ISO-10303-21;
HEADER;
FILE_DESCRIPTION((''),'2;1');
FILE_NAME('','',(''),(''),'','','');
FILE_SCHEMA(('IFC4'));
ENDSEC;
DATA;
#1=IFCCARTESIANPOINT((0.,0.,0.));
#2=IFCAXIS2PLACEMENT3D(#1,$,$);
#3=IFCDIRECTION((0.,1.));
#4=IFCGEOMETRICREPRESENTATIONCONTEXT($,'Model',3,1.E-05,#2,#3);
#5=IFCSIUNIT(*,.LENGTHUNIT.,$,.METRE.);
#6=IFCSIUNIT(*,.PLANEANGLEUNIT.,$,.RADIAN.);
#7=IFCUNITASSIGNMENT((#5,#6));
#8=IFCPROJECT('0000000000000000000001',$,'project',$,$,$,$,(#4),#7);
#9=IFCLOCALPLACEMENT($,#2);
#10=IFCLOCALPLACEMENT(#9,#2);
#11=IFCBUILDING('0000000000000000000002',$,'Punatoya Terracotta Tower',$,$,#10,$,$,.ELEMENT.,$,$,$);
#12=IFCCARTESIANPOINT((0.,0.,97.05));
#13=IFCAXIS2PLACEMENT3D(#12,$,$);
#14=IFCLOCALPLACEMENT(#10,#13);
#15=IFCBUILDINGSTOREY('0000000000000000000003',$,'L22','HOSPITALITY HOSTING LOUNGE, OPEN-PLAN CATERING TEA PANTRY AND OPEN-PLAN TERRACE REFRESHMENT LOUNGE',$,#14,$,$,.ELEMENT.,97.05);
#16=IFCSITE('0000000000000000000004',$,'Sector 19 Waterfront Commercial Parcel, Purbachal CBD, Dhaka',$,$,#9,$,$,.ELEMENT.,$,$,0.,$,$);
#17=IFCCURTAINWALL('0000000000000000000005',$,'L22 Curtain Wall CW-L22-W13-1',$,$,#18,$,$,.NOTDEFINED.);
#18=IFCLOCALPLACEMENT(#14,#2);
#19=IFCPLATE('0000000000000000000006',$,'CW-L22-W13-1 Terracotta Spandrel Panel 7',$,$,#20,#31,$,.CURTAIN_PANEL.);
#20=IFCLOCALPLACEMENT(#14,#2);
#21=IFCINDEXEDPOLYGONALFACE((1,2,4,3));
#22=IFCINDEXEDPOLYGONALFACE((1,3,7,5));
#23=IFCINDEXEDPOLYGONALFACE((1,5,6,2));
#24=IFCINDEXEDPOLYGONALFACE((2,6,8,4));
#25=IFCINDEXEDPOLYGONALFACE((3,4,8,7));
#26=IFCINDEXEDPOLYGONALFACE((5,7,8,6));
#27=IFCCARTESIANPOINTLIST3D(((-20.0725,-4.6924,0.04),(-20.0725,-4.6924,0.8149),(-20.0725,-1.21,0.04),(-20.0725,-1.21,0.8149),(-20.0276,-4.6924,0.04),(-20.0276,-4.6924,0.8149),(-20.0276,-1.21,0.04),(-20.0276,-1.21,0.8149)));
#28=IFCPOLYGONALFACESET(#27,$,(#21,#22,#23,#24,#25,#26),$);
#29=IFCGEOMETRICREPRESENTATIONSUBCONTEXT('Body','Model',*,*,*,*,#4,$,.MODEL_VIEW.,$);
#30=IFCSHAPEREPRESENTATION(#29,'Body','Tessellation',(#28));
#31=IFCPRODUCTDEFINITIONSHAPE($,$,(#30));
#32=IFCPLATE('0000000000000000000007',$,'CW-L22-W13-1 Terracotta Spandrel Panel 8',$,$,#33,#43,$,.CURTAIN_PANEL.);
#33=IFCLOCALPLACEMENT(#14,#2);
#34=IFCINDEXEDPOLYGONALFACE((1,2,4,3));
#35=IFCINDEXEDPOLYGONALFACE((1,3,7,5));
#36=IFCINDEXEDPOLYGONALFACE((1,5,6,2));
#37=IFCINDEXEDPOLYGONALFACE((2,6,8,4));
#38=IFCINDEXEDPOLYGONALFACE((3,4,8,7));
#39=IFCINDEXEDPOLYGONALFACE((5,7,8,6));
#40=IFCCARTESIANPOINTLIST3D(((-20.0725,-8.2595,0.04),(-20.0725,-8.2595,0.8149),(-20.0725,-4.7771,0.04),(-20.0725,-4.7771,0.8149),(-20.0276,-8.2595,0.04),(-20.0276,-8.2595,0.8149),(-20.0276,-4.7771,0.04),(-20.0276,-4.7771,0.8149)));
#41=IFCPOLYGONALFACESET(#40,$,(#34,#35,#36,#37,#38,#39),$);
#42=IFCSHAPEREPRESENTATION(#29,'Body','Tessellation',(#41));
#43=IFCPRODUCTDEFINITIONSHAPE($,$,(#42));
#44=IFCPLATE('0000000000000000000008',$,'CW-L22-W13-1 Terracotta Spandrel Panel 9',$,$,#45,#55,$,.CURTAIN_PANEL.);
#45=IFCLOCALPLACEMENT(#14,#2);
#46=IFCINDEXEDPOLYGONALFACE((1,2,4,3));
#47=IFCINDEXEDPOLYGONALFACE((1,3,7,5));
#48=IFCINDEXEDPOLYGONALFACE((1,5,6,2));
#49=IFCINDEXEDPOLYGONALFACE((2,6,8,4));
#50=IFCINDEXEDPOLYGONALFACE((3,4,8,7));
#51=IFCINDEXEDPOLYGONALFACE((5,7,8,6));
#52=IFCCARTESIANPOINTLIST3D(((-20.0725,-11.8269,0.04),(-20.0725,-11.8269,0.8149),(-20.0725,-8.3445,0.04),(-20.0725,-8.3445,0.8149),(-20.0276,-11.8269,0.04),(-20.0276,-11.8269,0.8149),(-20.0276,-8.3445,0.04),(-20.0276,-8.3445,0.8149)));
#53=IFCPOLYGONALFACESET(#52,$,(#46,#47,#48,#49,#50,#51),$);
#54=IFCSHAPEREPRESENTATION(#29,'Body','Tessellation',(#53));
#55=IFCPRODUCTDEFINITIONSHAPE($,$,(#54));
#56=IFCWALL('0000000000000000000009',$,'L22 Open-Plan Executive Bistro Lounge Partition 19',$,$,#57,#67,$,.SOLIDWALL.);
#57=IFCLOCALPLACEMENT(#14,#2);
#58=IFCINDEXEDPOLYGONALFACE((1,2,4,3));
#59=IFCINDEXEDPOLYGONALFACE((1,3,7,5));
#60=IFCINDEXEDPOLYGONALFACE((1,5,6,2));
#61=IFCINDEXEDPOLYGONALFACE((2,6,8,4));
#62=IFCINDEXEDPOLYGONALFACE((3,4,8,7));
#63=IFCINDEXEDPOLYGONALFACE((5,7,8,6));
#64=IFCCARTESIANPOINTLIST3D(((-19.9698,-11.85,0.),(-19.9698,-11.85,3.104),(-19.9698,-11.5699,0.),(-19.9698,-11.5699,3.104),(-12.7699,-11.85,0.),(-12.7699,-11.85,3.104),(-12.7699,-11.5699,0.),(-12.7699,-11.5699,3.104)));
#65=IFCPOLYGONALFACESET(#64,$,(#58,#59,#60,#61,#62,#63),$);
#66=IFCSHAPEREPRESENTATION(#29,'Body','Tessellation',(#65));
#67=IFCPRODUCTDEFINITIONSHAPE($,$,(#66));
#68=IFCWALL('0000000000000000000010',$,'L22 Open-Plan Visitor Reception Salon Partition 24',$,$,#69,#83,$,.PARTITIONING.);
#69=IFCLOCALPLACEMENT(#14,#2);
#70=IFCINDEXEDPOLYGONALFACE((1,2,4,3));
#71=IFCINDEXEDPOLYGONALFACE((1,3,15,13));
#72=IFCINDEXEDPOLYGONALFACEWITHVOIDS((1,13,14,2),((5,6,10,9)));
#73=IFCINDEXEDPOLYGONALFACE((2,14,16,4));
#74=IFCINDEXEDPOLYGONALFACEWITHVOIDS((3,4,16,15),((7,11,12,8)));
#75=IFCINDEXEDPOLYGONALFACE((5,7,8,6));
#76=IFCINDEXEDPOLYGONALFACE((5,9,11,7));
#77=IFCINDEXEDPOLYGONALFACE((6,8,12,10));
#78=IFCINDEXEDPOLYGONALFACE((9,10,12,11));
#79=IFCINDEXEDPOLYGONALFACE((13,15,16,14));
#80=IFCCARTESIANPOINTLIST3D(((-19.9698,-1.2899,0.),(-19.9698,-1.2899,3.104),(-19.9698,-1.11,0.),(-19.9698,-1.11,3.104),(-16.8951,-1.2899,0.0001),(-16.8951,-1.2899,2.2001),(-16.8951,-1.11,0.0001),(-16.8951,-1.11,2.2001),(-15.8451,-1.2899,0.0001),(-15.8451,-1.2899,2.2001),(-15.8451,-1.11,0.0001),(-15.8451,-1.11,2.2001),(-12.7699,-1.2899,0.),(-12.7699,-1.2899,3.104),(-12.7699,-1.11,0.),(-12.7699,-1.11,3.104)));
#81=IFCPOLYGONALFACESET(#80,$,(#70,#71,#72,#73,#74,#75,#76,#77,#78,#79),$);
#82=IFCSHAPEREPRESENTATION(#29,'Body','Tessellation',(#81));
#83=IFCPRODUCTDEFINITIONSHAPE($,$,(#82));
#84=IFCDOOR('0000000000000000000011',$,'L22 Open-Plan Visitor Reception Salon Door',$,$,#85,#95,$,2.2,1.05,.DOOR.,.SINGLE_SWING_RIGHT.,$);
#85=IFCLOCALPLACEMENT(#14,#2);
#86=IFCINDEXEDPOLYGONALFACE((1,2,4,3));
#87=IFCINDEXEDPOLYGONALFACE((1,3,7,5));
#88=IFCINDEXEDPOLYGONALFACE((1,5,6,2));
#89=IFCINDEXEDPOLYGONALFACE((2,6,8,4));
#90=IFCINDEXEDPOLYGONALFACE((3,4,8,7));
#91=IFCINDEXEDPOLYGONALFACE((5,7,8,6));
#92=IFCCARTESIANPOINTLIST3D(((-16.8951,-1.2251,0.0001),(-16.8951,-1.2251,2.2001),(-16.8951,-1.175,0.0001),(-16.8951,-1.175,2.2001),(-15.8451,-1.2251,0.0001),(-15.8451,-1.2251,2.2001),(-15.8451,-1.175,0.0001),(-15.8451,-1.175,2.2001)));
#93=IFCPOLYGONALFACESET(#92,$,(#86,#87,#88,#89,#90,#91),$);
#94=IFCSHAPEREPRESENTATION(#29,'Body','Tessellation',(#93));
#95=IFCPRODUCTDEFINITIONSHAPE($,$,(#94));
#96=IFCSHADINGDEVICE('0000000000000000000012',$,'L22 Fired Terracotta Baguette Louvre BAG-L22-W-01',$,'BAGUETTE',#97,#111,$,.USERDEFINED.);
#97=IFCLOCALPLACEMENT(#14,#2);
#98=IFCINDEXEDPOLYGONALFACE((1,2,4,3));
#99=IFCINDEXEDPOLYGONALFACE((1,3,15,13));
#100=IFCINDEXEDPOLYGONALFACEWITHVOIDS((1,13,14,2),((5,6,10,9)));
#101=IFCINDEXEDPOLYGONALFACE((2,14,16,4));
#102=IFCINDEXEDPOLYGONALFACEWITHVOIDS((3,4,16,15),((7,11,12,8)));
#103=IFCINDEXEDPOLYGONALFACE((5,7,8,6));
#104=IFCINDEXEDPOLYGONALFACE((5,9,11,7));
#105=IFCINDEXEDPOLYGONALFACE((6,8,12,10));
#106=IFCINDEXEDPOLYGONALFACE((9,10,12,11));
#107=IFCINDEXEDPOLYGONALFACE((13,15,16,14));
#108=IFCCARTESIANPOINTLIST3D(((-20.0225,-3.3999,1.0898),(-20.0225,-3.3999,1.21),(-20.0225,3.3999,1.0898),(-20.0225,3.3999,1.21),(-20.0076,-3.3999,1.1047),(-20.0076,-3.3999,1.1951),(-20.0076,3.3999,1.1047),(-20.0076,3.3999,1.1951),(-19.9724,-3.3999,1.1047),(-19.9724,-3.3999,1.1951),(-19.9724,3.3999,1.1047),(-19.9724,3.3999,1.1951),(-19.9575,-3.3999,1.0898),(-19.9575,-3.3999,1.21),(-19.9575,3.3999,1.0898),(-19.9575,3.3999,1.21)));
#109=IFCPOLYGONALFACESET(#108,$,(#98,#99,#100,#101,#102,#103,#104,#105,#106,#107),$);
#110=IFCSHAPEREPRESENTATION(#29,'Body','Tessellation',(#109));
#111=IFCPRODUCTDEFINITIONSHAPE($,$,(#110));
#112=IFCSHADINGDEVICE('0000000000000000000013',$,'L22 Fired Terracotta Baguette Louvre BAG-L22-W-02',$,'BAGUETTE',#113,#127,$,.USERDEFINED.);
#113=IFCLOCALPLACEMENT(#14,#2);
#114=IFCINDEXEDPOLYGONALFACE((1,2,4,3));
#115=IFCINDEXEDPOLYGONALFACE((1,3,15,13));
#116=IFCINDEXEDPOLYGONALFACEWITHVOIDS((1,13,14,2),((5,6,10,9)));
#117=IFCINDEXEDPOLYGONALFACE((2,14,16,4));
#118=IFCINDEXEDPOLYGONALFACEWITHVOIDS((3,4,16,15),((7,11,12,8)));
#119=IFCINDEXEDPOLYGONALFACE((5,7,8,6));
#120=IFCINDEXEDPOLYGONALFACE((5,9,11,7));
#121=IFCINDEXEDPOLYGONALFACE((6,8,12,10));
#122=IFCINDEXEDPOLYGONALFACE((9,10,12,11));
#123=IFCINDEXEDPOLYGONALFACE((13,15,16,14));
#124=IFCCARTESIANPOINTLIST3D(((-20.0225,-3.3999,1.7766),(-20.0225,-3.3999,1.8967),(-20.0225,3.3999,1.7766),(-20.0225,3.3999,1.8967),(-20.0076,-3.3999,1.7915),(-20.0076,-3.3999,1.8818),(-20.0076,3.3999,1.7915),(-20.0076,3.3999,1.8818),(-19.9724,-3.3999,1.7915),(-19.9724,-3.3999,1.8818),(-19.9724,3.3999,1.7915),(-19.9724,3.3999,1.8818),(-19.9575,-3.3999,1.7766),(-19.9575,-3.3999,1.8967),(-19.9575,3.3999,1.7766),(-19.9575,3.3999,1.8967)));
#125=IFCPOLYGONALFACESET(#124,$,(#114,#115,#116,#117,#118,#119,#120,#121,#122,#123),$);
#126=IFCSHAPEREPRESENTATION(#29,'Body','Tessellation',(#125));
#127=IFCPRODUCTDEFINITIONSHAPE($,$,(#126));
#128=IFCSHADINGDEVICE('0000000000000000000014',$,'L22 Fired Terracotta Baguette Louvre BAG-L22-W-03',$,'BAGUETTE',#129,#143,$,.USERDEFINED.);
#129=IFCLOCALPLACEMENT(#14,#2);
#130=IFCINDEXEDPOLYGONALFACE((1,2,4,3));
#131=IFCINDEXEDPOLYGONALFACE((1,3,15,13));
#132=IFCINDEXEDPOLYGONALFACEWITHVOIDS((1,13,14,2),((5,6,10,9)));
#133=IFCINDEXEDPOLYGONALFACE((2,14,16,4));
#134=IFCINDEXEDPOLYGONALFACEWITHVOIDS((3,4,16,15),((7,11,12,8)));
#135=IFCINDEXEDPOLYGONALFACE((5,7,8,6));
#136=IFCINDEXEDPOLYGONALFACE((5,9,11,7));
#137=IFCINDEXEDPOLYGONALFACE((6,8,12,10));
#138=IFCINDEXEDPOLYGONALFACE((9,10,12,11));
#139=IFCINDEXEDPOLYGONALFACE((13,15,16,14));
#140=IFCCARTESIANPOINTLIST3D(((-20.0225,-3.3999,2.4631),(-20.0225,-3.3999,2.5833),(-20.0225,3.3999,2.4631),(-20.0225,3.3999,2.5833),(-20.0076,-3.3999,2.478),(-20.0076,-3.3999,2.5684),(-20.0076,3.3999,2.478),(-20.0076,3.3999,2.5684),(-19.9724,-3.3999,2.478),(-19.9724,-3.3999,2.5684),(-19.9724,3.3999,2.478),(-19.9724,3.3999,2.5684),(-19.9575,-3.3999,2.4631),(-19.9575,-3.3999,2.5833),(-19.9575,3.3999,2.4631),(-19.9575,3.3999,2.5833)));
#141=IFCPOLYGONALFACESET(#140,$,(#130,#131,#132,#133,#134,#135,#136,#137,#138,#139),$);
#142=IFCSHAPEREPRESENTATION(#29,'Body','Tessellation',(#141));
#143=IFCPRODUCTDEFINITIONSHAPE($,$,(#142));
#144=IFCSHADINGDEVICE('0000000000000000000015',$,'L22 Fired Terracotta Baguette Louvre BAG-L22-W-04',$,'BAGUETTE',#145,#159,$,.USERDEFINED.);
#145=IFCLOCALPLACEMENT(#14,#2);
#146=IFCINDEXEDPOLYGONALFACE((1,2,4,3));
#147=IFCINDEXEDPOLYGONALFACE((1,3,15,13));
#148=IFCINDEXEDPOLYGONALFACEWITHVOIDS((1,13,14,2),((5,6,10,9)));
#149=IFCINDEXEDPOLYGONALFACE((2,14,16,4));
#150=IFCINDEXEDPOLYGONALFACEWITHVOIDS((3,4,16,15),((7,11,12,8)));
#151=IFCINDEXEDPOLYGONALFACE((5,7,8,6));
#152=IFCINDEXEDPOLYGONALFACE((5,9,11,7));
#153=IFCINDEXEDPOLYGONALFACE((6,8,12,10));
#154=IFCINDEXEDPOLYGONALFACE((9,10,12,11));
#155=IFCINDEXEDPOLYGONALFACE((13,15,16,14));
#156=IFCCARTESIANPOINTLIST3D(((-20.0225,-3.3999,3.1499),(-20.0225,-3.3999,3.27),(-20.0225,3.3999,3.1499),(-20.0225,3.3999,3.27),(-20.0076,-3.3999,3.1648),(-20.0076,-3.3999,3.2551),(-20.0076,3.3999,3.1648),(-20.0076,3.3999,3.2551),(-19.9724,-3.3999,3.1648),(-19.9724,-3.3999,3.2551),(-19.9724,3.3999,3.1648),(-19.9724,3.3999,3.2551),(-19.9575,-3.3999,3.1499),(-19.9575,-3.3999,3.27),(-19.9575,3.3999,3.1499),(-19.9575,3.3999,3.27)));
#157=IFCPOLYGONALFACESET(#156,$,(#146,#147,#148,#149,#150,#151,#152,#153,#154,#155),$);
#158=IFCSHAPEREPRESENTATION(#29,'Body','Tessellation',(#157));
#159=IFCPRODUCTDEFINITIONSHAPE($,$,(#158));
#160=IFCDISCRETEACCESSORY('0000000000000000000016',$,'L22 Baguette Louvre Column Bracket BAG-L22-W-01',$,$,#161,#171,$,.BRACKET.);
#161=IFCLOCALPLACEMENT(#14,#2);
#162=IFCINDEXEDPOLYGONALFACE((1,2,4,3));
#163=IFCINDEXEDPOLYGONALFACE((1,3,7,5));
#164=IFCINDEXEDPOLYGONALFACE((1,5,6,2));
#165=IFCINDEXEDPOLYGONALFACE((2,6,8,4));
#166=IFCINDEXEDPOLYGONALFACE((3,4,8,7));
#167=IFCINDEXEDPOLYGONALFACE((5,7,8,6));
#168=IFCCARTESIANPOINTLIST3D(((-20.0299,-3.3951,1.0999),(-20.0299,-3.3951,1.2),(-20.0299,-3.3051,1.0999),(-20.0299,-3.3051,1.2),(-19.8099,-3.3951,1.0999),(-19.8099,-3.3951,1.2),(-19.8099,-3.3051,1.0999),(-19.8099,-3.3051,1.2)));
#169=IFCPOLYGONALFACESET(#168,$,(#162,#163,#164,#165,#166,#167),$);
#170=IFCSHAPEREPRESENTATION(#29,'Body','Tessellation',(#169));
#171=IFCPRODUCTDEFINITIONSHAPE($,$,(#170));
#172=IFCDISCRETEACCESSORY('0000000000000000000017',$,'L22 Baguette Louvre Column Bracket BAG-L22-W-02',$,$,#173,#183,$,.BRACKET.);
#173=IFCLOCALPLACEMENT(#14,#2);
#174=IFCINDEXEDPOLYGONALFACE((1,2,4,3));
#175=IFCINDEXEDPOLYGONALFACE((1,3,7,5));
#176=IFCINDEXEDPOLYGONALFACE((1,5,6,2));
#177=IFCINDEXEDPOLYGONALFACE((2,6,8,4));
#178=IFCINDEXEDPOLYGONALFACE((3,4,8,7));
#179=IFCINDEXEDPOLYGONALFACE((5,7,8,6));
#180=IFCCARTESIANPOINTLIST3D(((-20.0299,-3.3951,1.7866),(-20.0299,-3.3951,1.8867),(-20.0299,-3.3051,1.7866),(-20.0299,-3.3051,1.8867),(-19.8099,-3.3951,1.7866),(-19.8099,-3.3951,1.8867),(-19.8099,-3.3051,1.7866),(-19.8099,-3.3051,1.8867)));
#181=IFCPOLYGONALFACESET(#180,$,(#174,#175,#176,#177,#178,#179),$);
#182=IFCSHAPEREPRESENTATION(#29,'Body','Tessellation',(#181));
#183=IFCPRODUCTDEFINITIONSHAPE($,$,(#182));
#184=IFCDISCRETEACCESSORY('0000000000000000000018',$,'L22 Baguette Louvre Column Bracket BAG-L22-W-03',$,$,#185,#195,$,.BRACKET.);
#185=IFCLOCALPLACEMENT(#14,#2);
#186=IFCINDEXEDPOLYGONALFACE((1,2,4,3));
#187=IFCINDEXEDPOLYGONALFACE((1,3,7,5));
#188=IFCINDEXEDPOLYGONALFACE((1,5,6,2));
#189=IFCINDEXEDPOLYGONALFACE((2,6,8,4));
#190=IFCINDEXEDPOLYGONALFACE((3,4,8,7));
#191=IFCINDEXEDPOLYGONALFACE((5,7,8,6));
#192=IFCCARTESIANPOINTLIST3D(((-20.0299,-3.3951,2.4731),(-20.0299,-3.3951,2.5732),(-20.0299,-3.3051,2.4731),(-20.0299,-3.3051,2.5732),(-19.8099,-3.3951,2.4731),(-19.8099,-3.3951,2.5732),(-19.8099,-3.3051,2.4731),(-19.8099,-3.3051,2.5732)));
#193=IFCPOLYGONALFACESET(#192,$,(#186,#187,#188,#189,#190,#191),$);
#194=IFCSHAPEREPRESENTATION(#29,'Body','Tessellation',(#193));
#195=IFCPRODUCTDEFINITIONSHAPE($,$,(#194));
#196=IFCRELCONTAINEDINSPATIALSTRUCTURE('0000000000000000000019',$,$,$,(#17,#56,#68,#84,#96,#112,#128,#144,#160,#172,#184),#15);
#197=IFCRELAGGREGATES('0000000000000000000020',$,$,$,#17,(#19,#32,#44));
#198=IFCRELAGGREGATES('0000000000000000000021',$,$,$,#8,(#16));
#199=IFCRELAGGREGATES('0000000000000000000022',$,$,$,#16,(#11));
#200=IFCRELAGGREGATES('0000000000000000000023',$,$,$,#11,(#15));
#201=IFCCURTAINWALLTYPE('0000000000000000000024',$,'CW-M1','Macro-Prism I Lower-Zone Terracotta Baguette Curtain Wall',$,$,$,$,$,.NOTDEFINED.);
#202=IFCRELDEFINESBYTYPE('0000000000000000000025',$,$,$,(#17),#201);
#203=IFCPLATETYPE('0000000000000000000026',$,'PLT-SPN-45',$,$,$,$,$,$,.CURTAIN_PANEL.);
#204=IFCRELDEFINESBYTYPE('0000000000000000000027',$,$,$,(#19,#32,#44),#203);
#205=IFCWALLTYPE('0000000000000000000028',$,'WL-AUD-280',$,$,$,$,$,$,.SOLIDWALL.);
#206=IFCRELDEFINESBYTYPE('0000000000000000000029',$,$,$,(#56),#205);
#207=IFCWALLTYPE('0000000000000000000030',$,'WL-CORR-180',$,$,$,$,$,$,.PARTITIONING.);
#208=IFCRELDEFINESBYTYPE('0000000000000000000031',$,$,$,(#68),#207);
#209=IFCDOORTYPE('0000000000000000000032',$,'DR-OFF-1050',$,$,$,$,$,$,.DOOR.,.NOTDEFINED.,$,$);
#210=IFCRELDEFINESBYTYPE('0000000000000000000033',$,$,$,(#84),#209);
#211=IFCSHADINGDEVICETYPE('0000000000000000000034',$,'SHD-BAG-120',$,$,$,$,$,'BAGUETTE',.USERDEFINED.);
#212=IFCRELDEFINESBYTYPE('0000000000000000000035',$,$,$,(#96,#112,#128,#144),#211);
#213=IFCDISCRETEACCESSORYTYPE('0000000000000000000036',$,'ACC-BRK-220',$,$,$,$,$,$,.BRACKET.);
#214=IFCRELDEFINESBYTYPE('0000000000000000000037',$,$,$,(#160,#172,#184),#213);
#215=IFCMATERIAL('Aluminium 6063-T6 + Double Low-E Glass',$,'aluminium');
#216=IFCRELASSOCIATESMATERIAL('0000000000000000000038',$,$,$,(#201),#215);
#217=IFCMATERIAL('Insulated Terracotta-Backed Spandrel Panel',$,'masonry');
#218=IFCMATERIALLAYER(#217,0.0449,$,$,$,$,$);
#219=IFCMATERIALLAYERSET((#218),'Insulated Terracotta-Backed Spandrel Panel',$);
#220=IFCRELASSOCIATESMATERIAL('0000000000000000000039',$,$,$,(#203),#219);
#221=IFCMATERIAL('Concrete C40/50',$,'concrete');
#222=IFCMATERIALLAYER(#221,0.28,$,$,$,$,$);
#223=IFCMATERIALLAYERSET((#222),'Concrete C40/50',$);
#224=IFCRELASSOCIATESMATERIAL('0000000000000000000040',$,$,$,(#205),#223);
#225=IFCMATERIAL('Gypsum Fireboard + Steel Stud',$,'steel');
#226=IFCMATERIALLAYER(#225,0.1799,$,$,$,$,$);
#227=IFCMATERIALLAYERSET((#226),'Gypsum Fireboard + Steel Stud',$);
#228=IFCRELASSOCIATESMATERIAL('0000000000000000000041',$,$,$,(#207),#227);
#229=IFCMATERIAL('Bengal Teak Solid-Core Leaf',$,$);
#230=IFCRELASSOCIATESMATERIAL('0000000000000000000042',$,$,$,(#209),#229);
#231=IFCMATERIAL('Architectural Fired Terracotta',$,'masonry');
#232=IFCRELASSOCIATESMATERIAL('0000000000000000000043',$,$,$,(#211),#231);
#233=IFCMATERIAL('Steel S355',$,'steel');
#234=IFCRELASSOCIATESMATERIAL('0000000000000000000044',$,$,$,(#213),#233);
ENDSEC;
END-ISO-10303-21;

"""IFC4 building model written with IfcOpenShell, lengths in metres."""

from ifc_helpers import new_model, si_unit, direction, frame, frame_2d, origin, origin_2d, place, context, subcontext, project, spatial, rectangle, hollow_rectangle, extrude, material, layer, layer_set, material_profile, profile_set, type_object, element, fill, aggregate, save


model = new_model("IFC4")

# Units and contexts
model_context = context("Model", 3, precision=1e-05, world=origin(), true_north=direction((0.0, 1.0)))
body_context = subcontext(model_context, "Body", "Model", "MODEL_VIEW")
ifc_project = project(units=[si_unit("LENGTHUNIT", "METRE"), si_unit("PLANEANGLEUNIT", "RADIAN")], contexts=[model_context])

# Site, building, storey
site_placement = place(None, origin())
site = spatial("IfcSite", under=ifc_project, at=site_placement, Name="Sector 19 Waterfront Commercial Parcel, Purbachal CBD, Dhaka", CompositionType="ELEMENT", RefElevation=0.0)
building_placement = place(site_placement, origin())
building = spatial("IfcBuilding", under=site, at=building_placement, Name="Punatoya Terracotta Tower", CompositionType="ELEMENT")
storey_placement = place(building_placement, frame((0.0, 0.0, 97.05)))
storey = spatial("IfcBuildingStorey", under=building, at=storey_placement, Name="L22", Description="HOSPITALITY HOSTING LOUNGE, OPEN-PLAN CATERING TEA PANTRY AND OPEN-PLAN TERRACE REFRESHMENT LOUNGE", CompositionType="ELEMENT", Elevation=97.05)

# Shared definitions
ifc_material_1 = material(Name="Steel S355", Category="steel")

# Curtain wall
ifc_material_2 = material(Name="Aluminium 6063-T6 + Double Low-E Glass", Category="aluminium")
curtain_wall_type = type_object("IfcCurtainWallType", Name="CW-M1", Description="Macro-Prism I Lower-Zone Terracotta Baguette Curtain Wall", PredefinedType="NOTDEFINED", material=ifc_material_2)
curtain_wall_placement = place(storey_placement, origin())
curtain_wall = element("IfcCurtainWall", 1, at=curtain_wall_placement, inside=storey, type_object=curtain_wall_type, Name="L22 Curtain Wall CW-L22-W13-1", PredefinedType="NOTDEFINED")

# Plates
ifc_material_3 = material(Name="Insulated Terracotta-Backed Spandrel Panel", Category="masonry")
ifc_layer_1 = layer(ifc_material_3, 0.0449)
ifc_layer_set_1 = layer_set([ifc_layer_1], Name="Insulated Terracotta-Backed Spandrel Panel")
plate_type_1 = type_object("IfcPlateType", Name="PLT-SPN-45", PredefinedType="CURTAIN_PANEL", material=ifc_layer_set_1)
plate_1_placement = place(storey_placement, frame((-20.05, -2.9512, 0.04), z_axis=(0.0, 0.0, 1.0), x_axis=(0.0, -1.0, 0.0)))
plate_1 = element("IfcPlate", 2, at=plate_1_placement, type_object=plate_type_1, Name="CW-L22-W13-1 Terracotta Spandrel Panel 7", PredefinedType="CURTAIN_PANEL", context=body_context, shape_type="SweptSolid", body=[
    extrude(rectangle(XDim=3.4824, YDim=0.0449, at=origin_2d()), origin(), (0.0, 0.0, 1.0), 0.7749),
])
plate_2_placement = place(storey_placement, frame((-20.05, -6.5183, 0.04), z_axis=(0.0, 0.0, 1.0), x_axis=(0.0, -1.0, 0.0)))
plate_2 = element("IfcPlate", 3, at=plate_2_placement, type_object=plate_type_1, Name="CW-L22-W13-1 Terracotta Spandrel Panel 8", PredefinedType="CURTAIN_PANEL", context=body_context, shape_type="SweptSolid", body=[
    extrude(rectangle(XDim=3.4824, YDim=0.0449, at=origin_2d()), origin(), (0.0, 0.0, 1.0), 0.7749),
])
plate_3_placement = place(storey_placement, frame((-20.05, -10.0857, 0.04), z_axis=(0.0, 0.0, 1.0), x_axis=(0.0, -1.0, 0.0)))
plate_3 = element("IfcPlate", 4, at=plate_3_placement, type_object=plate_type_1, Name="CW-L22-W13-1 Terracotta Spandrel Panel 9", PredefinedType="CURTAIN_PANEL", context=body_context, shape_type="SweptSolid", body=[
    extrude(rectangle(XDim=3.4824, YDim=0.0449, at=origin_2d()), origin(), (0.0, 0.0, 1.0), 0.7749),
])
aggregate(curtain_wall, [plate_1, plate_2, plate_3])

# Wall
ifc_material_4 = material(Name="Concrete C40/50", Category="concrete")
ifc_layer_2 = layer(ifc_material_4, 0.28)
ifc_layer_set_2 = layer_set([ifc_layer_2], Name="Concrete C40/50")
wall_type_1 = type_object("IfcWallType", Name="WL-AUD-280", PredefinedType="SOLIDWALL", material=ifc_layer_set_2)
wall_1_placement = place(storey_placement, frame((-19.97, -11.71, 0.0), z_axis=(0.0, 0.0, 1.0), x_axis=(1.0, 0.0, 0.0)))
element("IfcWall", 5, at=wall_1_placement, inside=storey, type_object=wall_type_1, Name="L22 Open-Plan Executive Bistro Lounge Partition 19", PredefinedType="SOLIDWALL", context=body_context, shape_type="SweptSolid", body=[
    extrude(rectangle(XDim=7.2, YDim=0.28, at=frame_2d((3.6001, 0.0))), origin(), (0.0, 0.0, 1.0), 3.104),
])

# Wall, opening, door
ifc_material_5 = material(Name="Gypsum Fireboard + Steel Stud", Category="steel")
ifc_layer_3 = layer(ifc_material_5, 0.1799)
ifc_layer_set_3 = layer_set([ifc_layer_3], Name="Gypsum Fireboard + Steel Stud")
wall_type_2 = type_object("IfcWallType", Name="WL-CORR-180", PredefinedType="PARTITIONING", material=ifc_layer_set_3)
wall_2_placement = place(storey_placement, frame((-19.97, -1.2, 0.0), z_axis=(0.0, 0.0, 1.0), x_axis=(1.0, 0.0, 0.0)))
wall_2 = element("IfcWall", 6, at=wall_2_placement, inside=storey, type_object=wall_type_2, Name="L22 Open-Plan Visitor Reception Salon Partition 24", PredefinedType="PARTITIONING", context=body_context, shape_type="SweptSolid", body=[
    extrude(rectangle(XDim=7.2, YDim=0.1799, at=frame_2d((3.6001, 0.0))), origin(), (0.0, 0.0, 1.0), 3.104),
])
opening_placement = place(wall_2_placement, frame((3.075, 0.0, 0.0)))
opening = element("IfcOpeningElement", 7, at=opening_placement, cuts=wall_2, PredefinedType="OPENING", context=body_context, shape_type="SweptSolid", body=[
    extrude(rectangle(XDim=1.05, YDim=2.2, at=frame_2d((0.5249, 1.1001))), frame((0.0, 0.0999, 0.0), z_axis=(0.0, -1.0, 0.0), x_axis=(1.0, 0.0, 0.0)), (0.0, 0.0, 1.0), 0.2),
])
ifc_material_6 = material(Name="Bengal Teak Solid-Core Leaf")
door_type = type_object("IfcDoorType", Name="DR-OFF-1050", OperationType="NOTDEFINED", PredefinedType="DOOR", material=ifc_material_6)
door_placement = place(opening_placement, origin())
door = element("IfcDoor", 8, at=door_placement, inside=storey, type_object=door_type, Name="L22 Open-Plan Visitor Reception Salon Door", OperationType="SINGLE_SWING_RIGHT", OverallHeight=2.2, OverallWidth=1.05, PredefinedType="DOOR", context=body_context, shape_type="SweptSolid", body=[
    extrude(rectangle(XDim=1.05, YDim=2.2, at=frame_2d((0.5249, 1.1001))), frame((0.0, 0.0249, 0.0), z_axis=(0.0, -1.0, 0.0), x_axis=(1.0, 0.0, 0.0)), (0.0, 0.0, 1.0), 0.05),
])
fill(opening, door)

# Shading devices
ifc_material_7 = material(Name="Architectural Fired Terracotta", Category="masonry")
ifc_material_profile_1 = material_profile(ifc_material_7, hollow_rectangle(XDim=0.0649, YDim=0.1201, WallThickness=0.0149, at=origin_2d()))
ifc_profile_set_1 = profile_set([ifc_material_profile_1], Name="Architectural Fired Terracotta")
shading_device_type = type_object("IfcShadingDeviceType", Name="SHD-BAG-120", ElementType="BAGUETTE", PredefinedType="USERDEFINED", material=ifc_profile_set_1)
for number, where, z_axis, x_axis, name in (
    (9, (-19.99, -3.3999, 1.1499), (0.0, 1.0, 0.0), (-1.0, 0.0, 0.0), "L22 Fired Terracotta Baguette Louvre BAG-L22-W-01"),
    (10, (-19.99, -3.3999, 1.8367), (0.0, 1.0, 0.0), (-1.0, 0.0, 0.0), "L22 Fired Terracotta Baguette Louvre BAG-L22-W-02"),
    (11, (-19.99, -3.3999, 2.5232), (0.0, 1.0, 0.0), (-1.0, 0.0, 0.0), "L22 Fired Terracotta Baguette Louvre BAG-L22-W-03"),
    (12, (-19.99, -3.3999, 3.21), (0.0, 1.0, 0.0), (-1.0, 0.0, 0.0), "L22 Fired Terracotta Baguette Louvre BAG-L22-W-04"),
):
    element("IfcShadingDevice", number, at=place(storey_placement, frame(where, z_axis=z_axis, x_axis=x_axis)), inside=storey, type_object=shading_device_type, Name=name, ObjectType="BAGUETTE", PredefinedType="USERDEFINED", context=body_context, shape_type="SweptSolid", body=[
        extrude(hollow_rectangle(XDim=0.0649, YDim=0.1201, WallThickness=0.0149, at=origin_2d()), origin(), (0.0, 0.0, 1.0), 6.7998),
    ])

# Discrete accessories
discrete_accessory_type = type_object("IfcDiscreteAccessoryType", Name="ACC-BRK-220", PredefinedType="BRACKET", material=ifc_material_1)
for number, where, z_axis, x_axis, name in (
    (13, (-19.9199, -3.3501, 1.0999), (0.0, 0.0, 1.0), (0.0, 1.0, 0.0), "L22 Baguette Louvre Column Bracket BAG-L22-W-01"),
    (14, (-19.9199, -3.3501, 1.7866), (0.0, 0.0, 1.0), (0.0, 1.0, 0.0), "L22 Baguette Louvre Column Bracket BAG-L22-W-02"),
    (15, (-19.9199, -3.3501, 2.4731), (0.0, 0.0, 1.0), (0.0, 1.0, 0.0), "L22 Baguette Louvre Column Bracket BAG-L22-W-03"),
):
    element("IfcDiscreteAccessory", number, at=place(storey_placement, frame(where, z_axis=z_axis, x_axis=x_axis)), inside=storey, type_object=discrete_accessory_type, Name=name, PredefinedType="BRACKET", context=body_context, shape_type="SweptSolid", body=[
        extrude(rectangle(XDim=0.0901, YDim=0.22, at=origin_2d()), origin(), (0.0, 0.0, 1.0), 0.1001),
    ])

save(model, "model.ifc")
